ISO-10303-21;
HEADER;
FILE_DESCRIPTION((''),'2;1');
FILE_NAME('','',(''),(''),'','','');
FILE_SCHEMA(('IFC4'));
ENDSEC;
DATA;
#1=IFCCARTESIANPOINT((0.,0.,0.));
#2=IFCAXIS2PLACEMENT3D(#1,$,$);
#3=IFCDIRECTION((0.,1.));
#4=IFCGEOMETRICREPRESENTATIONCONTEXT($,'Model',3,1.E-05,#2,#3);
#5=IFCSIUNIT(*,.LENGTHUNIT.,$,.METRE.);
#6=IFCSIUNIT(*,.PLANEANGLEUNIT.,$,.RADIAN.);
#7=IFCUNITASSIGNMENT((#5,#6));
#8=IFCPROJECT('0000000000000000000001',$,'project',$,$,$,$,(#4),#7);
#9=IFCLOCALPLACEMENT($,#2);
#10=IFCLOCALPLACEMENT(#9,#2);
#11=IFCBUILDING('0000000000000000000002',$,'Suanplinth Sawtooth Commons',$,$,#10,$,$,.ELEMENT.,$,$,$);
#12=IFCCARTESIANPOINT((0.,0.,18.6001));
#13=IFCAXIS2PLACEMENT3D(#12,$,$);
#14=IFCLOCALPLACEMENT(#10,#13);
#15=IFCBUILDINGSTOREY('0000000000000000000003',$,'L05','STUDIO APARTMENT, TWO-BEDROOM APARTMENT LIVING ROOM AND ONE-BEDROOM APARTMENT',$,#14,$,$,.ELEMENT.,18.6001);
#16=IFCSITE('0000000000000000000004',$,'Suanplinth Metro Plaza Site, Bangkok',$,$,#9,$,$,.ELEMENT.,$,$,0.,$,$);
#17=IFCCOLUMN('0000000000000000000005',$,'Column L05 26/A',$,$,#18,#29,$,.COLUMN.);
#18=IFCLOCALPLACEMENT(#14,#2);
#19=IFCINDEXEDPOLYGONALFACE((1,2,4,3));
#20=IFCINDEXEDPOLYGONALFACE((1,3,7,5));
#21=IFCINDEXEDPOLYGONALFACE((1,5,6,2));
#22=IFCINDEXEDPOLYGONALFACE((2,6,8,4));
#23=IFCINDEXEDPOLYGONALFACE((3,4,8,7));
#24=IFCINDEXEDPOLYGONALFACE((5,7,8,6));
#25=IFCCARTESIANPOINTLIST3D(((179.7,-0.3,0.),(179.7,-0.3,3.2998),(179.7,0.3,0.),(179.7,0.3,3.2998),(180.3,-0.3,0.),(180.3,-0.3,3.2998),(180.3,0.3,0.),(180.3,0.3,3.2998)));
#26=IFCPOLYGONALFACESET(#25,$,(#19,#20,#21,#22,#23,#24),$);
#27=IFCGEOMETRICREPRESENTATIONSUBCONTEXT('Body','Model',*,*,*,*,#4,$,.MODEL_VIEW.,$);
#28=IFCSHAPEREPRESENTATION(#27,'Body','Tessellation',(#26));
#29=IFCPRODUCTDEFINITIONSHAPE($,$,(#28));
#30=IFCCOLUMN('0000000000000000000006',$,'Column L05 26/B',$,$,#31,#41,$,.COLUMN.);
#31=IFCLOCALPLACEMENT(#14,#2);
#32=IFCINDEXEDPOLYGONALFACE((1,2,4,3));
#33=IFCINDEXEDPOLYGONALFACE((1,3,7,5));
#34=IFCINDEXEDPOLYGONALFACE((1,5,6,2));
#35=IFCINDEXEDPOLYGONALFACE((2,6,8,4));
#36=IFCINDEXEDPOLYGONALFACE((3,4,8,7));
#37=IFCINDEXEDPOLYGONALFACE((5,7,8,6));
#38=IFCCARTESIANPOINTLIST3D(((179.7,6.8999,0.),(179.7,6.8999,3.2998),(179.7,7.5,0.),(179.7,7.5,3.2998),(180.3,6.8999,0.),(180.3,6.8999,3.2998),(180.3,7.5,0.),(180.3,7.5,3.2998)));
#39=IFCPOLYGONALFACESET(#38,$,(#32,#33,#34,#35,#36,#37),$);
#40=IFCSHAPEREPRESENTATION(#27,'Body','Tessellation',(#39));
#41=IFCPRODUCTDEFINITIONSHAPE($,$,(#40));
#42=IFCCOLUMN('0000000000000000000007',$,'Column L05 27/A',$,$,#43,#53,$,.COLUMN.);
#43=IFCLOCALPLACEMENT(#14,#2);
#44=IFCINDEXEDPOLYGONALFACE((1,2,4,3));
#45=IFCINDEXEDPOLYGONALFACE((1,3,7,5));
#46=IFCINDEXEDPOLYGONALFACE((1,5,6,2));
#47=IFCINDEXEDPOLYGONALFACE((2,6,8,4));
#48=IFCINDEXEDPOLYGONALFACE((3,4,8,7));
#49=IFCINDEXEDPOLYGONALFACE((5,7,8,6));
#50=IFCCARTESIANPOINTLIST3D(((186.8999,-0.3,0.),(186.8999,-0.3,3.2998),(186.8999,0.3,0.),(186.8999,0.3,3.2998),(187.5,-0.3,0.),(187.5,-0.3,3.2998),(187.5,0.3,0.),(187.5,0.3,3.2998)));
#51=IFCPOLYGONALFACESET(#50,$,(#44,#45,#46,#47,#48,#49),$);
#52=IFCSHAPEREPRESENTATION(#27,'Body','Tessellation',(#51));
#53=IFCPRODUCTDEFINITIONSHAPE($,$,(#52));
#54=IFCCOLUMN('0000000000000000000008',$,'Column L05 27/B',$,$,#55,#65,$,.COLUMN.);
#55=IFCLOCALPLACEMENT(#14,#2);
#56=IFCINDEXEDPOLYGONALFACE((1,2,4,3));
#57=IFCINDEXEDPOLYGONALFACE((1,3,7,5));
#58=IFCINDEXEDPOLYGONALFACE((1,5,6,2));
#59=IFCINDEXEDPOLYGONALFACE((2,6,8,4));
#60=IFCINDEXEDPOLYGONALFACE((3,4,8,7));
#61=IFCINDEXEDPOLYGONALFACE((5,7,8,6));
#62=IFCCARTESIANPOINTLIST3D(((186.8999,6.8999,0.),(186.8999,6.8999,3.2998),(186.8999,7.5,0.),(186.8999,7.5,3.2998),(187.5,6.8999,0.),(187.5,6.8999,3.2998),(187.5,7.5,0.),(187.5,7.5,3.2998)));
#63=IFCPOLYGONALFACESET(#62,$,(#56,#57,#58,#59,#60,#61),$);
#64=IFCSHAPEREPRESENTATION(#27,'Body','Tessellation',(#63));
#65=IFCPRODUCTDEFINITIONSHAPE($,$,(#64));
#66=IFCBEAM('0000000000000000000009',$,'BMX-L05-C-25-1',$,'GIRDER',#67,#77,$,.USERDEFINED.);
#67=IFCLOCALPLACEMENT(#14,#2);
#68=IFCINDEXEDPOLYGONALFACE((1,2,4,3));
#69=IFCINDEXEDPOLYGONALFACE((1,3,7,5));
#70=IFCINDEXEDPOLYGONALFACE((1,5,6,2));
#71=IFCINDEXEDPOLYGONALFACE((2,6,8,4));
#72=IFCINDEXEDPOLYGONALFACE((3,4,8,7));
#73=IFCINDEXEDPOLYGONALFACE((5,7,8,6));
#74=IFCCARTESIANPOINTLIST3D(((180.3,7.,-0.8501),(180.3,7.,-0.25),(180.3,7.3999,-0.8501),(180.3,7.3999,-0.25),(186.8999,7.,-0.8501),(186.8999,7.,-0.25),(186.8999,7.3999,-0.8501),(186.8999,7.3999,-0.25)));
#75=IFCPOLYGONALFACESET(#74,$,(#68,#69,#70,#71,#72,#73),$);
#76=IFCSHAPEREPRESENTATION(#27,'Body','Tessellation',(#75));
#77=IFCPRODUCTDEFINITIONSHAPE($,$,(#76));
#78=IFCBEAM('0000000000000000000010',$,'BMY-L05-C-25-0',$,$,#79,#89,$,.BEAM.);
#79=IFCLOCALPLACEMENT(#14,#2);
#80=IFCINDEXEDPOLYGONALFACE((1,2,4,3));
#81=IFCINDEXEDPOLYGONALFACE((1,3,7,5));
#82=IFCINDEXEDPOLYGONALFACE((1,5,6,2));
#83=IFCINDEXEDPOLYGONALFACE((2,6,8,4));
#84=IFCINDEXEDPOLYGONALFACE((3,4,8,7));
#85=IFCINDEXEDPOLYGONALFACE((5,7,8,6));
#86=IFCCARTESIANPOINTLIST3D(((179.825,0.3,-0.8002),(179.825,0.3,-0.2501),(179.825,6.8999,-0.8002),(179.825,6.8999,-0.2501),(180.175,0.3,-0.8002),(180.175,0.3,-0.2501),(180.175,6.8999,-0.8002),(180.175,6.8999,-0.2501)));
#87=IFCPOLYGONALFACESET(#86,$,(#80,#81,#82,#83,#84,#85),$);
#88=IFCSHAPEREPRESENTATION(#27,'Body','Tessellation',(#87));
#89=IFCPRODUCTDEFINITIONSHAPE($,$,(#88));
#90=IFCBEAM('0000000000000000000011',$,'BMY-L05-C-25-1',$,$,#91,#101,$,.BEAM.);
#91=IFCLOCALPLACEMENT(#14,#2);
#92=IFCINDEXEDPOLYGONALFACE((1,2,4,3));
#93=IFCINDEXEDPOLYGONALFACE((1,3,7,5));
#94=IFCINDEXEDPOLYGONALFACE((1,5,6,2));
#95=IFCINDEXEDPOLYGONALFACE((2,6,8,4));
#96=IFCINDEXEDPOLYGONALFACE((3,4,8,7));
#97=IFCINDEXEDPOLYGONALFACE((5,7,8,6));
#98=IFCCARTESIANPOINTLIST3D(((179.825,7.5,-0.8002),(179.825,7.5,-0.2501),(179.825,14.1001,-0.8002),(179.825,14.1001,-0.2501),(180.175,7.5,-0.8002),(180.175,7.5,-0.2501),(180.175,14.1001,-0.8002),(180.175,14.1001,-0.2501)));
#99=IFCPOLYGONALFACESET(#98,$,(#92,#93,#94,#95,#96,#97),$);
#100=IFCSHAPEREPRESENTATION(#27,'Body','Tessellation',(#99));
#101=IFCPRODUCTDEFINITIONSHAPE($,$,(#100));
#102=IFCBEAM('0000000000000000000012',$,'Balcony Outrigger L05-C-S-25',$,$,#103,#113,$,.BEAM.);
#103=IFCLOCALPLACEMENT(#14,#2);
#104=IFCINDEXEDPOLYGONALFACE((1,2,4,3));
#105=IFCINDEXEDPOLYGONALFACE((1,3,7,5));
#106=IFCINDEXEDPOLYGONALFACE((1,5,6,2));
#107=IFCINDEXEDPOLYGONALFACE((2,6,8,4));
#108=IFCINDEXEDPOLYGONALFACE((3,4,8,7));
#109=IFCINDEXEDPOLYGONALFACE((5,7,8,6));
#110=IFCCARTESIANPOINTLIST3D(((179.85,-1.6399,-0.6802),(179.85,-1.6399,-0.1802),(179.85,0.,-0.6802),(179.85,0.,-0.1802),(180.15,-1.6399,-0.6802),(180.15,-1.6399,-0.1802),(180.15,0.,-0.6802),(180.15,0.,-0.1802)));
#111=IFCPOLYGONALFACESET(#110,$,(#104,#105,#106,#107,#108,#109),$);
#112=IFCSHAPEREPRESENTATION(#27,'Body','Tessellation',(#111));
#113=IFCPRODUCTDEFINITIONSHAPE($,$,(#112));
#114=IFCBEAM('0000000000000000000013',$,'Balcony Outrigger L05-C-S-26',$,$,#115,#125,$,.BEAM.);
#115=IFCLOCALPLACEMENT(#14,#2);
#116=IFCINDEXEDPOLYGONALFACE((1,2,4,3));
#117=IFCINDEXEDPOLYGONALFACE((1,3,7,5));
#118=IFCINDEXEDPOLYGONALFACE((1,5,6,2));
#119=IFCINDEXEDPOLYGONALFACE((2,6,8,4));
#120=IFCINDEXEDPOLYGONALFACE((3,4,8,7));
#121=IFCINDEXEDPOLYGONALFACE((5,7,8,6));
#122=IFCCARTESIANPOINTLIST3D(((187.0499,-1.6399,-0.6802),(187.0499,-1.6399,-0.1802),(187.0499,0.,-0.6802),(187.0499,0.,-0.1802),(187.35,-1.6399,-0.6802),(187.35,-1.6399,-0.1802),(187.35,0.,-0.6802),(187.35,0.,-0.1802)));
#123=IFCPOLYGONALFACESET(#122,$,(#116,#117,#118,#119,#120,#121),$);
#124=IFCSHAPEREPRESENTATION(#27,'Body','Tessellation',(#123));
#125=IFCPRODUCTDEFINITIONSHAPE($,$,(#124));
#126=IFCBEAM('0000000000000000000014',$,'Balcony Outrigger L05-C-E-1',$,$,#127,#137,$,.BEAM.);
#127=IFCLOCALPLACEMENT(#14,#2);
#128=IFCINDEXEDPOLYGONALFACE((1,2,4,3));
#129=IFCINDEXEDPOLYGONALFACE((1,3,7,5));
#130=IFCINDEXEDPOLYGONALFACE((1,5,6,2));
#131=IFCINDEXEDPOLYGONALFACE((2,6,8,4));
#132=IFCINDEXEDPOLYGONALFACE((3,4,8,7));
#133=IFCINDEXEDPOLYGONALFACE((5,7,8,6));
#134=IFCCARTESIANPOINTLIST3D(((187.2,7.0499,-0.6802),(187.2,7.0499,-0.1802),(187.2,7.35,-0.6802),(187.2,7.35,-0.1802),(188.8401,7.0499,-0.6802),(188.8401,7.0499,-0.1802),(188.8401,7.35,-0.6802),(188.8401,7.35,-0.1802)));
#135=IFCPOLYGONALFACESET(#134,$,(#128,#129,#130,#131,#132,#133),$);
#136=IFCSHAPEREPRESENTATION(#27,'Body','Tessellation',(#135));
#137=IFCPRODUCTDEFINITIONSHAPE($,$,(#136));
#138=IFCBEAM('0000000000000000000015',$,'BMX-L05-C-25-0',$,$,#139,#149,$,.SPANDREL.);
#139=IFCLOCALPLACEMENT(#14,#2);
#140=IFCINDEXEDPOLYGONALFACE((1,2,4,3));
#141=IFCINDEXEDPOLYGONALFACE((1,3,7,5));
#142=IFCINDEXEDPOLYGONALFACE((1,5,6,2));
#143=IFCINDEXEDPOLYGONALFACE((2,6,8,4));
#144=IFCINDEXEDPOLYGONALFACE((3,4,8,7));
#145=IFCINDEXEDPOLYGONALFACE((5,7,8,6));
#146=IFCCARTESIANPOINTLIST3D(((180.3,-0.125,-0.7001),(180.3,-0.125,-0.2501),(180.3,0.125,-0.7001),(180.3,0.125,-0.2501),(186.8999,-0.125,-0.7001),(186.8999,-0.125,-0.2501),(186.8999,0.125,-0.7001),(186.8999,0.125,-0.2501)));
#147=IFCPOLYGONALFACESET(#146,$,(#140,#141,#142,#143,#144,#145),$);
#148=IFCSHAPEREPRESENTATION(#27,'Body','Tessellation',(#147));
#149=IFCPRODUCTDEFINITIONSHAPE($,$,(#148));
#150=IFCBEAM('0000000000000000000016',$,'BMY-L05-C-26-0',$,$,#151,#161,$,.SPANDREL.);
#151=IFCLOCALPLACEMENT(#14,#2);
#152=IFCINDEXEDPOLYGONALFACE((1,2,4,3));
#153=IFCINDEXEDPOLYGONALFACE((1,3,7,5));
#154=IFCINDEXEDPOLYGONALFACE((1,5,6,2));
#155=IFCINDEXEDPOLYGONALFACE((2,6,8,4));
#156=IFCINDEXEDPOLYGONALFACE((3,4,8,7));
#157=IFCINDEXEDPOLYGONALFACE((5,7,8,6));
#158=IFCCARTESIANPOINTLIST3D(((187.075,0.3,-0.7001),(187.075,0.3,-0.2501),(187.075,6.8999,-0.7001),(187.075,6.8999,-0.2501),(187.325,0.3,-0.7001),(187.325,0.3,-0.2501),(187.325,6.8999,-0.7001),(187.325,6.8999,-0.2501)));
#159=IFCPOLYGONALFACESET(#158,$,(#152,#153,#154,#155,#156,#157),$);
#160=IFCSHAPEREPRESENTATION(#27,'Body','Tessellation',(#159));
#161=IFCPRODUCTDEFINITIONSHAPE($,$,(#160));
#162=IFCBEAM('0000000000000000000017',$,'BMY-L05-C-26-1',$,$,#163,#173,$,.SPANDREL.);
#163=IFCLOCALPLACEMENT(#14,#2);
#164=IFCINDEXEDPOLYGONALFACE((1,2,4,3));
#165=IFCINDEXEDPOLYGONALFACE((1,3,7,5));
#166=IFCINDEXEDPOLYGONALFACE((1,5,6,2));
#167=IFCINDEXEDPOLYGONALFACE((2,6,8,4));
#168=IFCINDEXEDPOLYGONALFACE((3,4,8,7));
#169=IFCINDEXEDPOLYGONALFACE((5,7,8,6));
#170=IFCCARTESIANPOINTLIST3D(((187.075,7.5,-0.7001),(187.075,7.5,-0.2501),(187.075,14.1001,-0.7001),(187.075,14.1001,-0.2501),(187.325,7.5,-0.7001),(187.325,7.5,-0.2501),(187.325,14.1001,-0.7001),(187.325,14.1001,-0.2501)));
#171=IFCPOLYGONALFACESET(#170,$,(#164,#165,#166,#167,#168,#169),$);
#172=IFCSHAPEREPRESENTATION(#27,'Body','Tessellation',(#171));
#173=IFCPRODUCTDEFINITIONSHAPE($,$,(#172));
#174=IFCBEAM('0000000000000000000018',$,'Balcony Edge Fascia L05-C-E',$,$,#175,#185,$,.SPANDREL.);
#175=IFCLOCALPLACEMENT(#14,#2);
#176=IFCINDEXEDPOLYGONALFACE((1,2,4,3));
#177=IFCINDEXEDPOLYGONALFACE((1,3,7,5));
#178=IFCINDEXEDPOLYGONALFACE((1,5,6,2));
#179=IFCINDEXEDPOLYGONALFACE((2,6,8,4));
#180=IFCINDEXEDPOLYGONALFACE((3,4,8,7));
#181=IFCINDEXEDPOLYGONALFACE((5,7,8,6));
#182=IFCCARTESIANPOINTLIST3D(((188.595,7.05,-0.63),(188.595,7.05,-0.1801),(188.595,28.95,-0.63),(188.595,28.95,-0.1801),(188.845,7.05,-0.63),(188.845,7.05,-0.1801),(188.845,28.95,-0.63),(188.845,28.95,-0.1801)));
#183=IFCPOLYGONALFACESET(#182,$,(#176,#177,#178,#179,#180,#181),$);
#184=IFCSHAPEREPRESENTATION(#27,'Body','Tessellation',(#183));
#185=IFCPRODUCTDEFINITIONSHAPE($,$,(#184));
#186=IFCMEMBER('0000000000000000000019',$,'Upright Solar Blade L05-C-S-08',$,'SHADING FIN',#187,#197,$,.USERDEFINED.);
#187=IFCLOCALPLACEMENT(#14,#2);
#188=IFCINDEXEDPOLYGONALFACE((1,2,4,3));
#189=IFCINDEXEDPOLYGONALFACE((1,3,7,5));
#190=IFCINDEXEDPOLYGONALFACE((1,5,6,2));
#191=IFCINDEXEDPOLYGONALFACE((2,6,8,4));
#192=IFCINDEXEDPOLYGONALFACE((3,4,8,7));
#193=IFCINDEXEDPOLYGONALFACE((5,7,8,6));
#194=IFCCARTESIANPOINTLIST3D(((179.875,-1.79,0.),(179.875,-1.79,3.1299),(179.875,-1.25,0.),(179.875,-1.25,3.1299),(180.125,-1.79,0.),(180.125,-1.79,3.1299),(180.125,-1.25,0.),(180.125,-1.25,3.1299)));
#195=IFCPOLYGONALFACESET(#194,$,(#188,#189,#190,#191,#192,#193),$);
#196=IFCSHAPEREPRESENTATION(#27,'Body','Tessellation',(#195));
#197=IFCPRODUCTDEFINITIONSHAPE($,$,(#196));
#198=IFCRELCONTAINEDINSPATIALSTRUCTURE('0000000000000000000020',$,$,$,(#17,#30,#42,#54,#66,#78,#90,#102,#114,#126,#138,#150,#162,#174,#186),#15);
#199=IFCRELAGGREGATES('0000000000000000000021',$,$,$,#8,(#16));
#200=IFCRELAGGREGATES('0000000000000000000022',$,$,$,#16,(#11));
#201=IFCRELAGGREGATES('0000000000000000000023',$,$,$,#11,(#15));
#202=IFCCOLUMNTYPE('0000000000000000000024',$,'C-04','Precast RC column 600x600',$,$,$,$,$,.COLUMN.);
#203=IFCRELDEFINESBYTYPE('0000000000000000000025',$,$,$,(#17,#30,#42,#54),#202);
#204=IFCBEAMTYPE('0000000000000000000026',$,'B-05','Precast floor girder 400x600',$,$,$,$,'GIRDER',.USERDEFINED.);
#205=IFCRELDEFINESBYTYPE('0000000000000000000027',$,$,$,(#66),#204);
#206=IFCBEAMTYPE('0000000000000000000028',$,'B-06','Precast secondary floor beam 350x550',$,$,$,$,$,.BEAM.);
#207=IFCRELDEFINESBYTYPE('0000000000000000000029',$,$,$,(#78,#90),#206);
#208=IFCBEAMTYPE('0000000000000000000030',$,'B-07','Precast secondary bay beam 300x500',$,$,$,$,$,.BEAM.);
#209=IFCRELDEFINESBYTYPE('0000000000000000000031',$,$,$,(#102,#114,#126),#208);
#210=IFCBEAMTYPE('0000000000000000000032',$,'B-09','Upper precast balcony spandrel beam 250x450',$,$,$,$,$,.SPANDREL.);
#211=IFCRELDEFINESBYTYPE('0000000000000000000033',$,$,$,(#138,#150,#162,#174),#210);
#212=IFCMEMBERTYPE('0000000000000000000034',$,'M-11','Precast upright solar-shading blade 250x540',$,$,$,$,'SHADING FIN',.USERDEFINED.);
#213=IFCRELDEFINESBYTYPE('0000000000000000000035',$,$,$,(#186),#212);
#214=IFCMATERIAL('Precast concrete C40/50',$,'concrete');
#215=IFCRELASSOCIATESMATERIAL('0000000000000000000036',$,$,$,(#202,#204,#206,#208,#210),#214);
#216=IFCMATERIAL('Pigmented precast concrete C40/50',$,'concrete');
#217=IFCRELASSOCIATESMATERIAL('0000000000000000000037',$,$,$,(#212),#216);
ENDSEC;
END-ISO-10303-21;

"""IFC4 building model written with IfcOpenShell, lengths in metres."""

from ifc_helpers import new_model, si_unit, direction, frame, origin, origin_2d, place, context, subcontext, project, spatial, rectangle, extrude, material, material_profile, profile_set, type_object, element, save


model = new_model("IFC4")

# Units and contexts
model_context = context("Model", 3, precision=1e-05, world=origin(), true_north=direction((0.0, 1.0)))
body_context = subcontext(model_context, "Body", "Model", "MODEL_VIEW")
ifc_project = project(units=[si_unit("LENGTHUNIT", "METRE"), si_unit("PLANEANGLEUNIT", "RADIAN")], contexts=[model_context])

# Site, building, storey
site_placement = place(None, origin())
site = spatial("IfcSite", under=ifc_project, at=site_placement, Name="Suanplinth Metro Plaza Site, Bangkok", CompositionType="ELEMENT", RefElevation=0.0)
building_placement = place(site_placement, origin())
building = spatial("IfcBuilding", under=site, at=building_placement, Name="Suanplinth Sawtooth Commons", CompositionType="ELEMENT")
storey_placement = place(building_placement, frame((0.0, 0.0, 18.6001)))
storey = spatial("IfcBuildingStorey", under=building, at=storey_placement, Name="L05", Description="STUDIO APARTMENT, TWO-BEDROOM APARTMENT LIVING ROOM AND ONE-BEDROOM APARTMENT", CompositionType="ELEMENT", Elevation=18.6001)

# Columns
ifc_material_1 = material(Name="Precast concrete C40/50", Category="concrete")
ifc_material_profile_1 = material_profile(ifc_material_1, rectangle(XDim=0.6001, YDim=0.6001, at=origin_2d()), Name="PC-COL 600x600")
ifc_profile_set_1 = profile_set([ifc_material_profile_1], Name="Precast concrete C40/50")
column_type = type_object("IfcColumnType", Name="C-04", Description="Precast RC column 600x600", PredefinedType="COLUMN", material=ifc_profile_set_1)
for number, where, z_axis, x_axis, name in (
    (1, (180.0, 0.0, 0.0), (0.0, 0.0, 1.0), (1.0, 0.0, 0.0), "Column L05 26/A"),
    (2, (180.0, 7.2, 0.0), (0.0, 0.0, 1.0), (1.0, 0.0, 0.0), "Column L05 26/B"),
    (3, (187.2, 0.0, 0.0), (0.0, 0.0, 1.0), (1.0, 0.0, 0.0), "Column L05 27/A"),
    (4, (187.2, 7.2, 0.0), (0.0, 0.0, 1.0), (1.0, 0.0, 0.0), "Column L05 27/B"),
):
    element("IfcColumn", number, at=place(storey_placement, frame(where, z_axis=z_axis, x_axis=x_axis)), inside=storey, type_object=column_type, Name=name, PredefinedType="COLUMN", context=body_context, shape_type="SweptSolid", body=[
        extrude(rectangle(XDim=0.6001, YDim=0.6001, at=origin_2d()), origin(), (0.0, 0.0, 1.0), 3.2998),
    ])

# Beams
ifc_material_profile_2 = material_profile(ifc_material_1, rectangle(XDim=0.3999, YDim=0.6001, at=origin_2d()), Name="PC-GDR 400x600")
ifc_profile_set_2 = profile_set([ifc_material_profile_2], Name="Precast concrete C40/50")
beam_type_1 = type_object("IfcBeamType", Name="B-05", Description="Precast floor girder 400x600", ElementType="GIRDER", PredefinedType="USERDEFINED", material=ifc_profile_set_2)
beam_1_placement = place(storey_placement, frame((180.3, 7.2, -0.55), z_axis=(1.0, 0.0, 0.0), x_axis=(0.0, 1.0, 0.0)))
element("IfcBeam", 5, at=beam_1_placement, inside=storey, type_object=beam_type_1, Name="BMX-L05-C-25-1", ObjectType="GIRDER", PredefinedType="USERDEFINED", context=body_context, shape_type="SweptSolid", body=[
    extrude(rectangle(XDim=0.3999, YDim=0.6001, at=origin_2d()), origin(), (0.0, 0.0, 1.0), 6.5999),
])
ifc_material_profile_3 = material_profile(ifc_material_1, rectangle(XDim=0.3501, YDim=0.55, at=origin_2d()), Name="PC-BM 350x550")
ifc_profile_set_3 = profile_set([ifc_material_profile_3], Name="Precast concrete C40/50")
beam_type_2 = type_object("IfcBeamType", Name="B-06", Description="Precast secondary floor beam 350x550", PredefinedType="BEAM", material=ifc_profile_set_3)
beam_2_placement = place(storey_placement, frame((180.0, 0.3, -0.5251), z_axis=(0.0, 1.0, 0.0), x_axis=(-1.0, 0.0, 0.0)))
element("IfcBeam", 6, at=beam_2_placement, inside=storey, type_object=beam_type_2, Name="BMY-L05-C-25-0", PredefinedType="BEAM", context=body_context, shape_type="SweptSolid", body=[
    extrude(rectangle(XDim=0.3501, YDim=0.55, at=origin_2d()), origin(), (0.0, 0.0, 1.0), 6.5999),
])
beam_3_placement = place(storey_placement, frame((180.0, 7.5, -0.5251), z_axis=(0.0, 1.0, 0.0), x_axis=(-1.0, 0.0, 0.0)))
element("IfcBeam", 7, at=beam_3_placement, inside=storey, type_object=beam_type_2, Name="BMY-L05-C-25-1", PredefinedType="BEAM", context=body_context, shape_type="SweptSolid", body=[
    extrude(rectangle(XDim=0.3501, YDim=0.55, at=origin_2d()), origin(), (0.0, 0.0, 1.0), 6.6001),
])
ifc_material_profile_4 = material_profile(ifc_material_1, rectangle(XDim=0.3, YDim=0.5, at=origin_2d()), Name="PC-BM 300x500")
ifc_profile_set_4 = profile_set([ifc_material_profile_4], Name="Precast concrete C40/50")
beam_type_3 = type_object("IfcBeamType", Name="B-07", Description="Precast secondary bay beam 300x500", PredefinedType="BEAM", material=ifc_profile_set_4)
for number, where, z_axis, x_axis, name in (
    (8, (180.0, 0.0, -0.4302), (0.0, -1.0, 0.0), (1.0, 0.0, 0.0), "Balcony Outrigger L05-C-S-25"),
    (9, (187.2, 0.0, -0.4302), (0.0, -1.0, 0.0), (1.0, 0.0, 0.0), "Balcony Outrigger L05-C-S-26"),
):
    element("IfcBeam", number, at=place(storey_placement, frame(where, z_axis=z_axis, x_axis=x_axis)), inside=storey, type_object=beam_type_3, Name=name, PredefinedType="BEAM", context=body_context, shape_type="SweptSolid", body=[
        extrude(rectangle(XDim=0.3, YDim=0.5, at=origin_2d()), origin(), (0.0, 0.0, 1.0), 1.6399),
    ])
beam_4_placement = place(storey_placement, frame((187.2, 7.2, -0.4302), z_axis=(1.0, 0.0, 0.0), x_axis=(0.0, 1.0, 0.0)))
element("IfcBeam", 10, at=beam_4_placement, inside=storey, type_object=beam_type_3, Name="Balcony Outrigger L05-C-E-1", PredefinedType="BEAM", context=body_context, shape_type="SweptSolid", body=[
    extrude(rectangle(XDim=0.3, YDim=0.5, at=origin_2d()), origin(), (0.0, 0.0, 1.0), 1.6401),
])
ifc_material_profile_5 = material_profile(ifc_material_1, rectangle(XDim=0.25, YDim=0.45, at=origin_2d()), Name="PC-SP 250x450")
ifc_profile_set_5 = profile_set([ifc_material_profile_5], Name="Precast concrete C40/50")
beam_type_4 = type_object("IfcBeamType", Name="B-09", Description="Upper precast balcony spandrel beam 250x450", PredefinedType="SPANDREL", material=ifc_profile_set_5)
for number, where, z_axis, x_axis, name in (
    (11, (180.3, 0.0, -0.4751), (1.0, 0.0, 0.0), (0.0, 1.0, 0.0), "BMX-L05-C-25-0"),
    (12, (187.2, 0.3, -0.4751), (0.0, 1.0, 0.0), (-1.0, 0.0, 0.0), "BMY-L05-C-26-0"),
):
    element("IfcBeam", number, at=place(storey_placement, frame(where, z_axis=z_axis, x_axis=x_axis)), inside=storey, type_object=beam_type_4, Name=name, PredefinedType="SPANDREL", context=body_context, shape_type="SweptSolid", body=[
        extrude(rectangle(XDim=0.25, YDim=0.45, at=origin_2d()), origin(), (0.0, 0.0, 1.0), 6.5999),
    ])
beam_5_placement = place(storey_placement, frame((187.2, 7.5, -0.4751), z_axis=(0.0, 1.0, 0.0), x_axis=(-1.0, 0.0, 0.0)))
element("IfcBeam", 13, at=beam_5_placement, inside=storey, type_object=beam_type_4, Name="BMY-L05-C-26-1", PredefinedType="SPANDREL", context=body_context, shape_type="SweptSolid", body=[
    extrude(rectangle(XDim=0.25, YDim=0.45, at=origin_2d()), origin(), (0.0, 0.0, 1.0), 6.6001),
])
beam_6_placement = place(storey_placement, frame((188.72, 7.05, -0.405), z_axis=(0.0, 1.0, 0.0), x_axis=(-1.0, 0.0, 0.0)))
element("IfcBeam", 14, at=beam_6_placement, inside=storey, type_object=beam_type_4, Name="Balcony Edge Fascia L05-C-E", PredefinedType="SPANDREL", context=body_context, shape_type="SweptSolid", body=[
    extrude(rectangle(XDim=0.25, YDim=0.45, at=origin_2d()), origin(), (0.0, 0.0, 1.0), 21.8999),
])

# Member
ifc_material_2 = material(Name="Pigmented precast concrete C40/50", Category="concrete")
ifc_material_profile_6 = material_profile(ifc_material_2, rectangle(XDim=0.25, YDim=0.54, at=origin_2d()), Name="PC-FIN 250x540")
ifc_profile_set_6 = profile_set([ifc_material_profile_6], Name="Pigmented precast concrete C40/50")
member_type = type_object("IfcMemberType", Name="M-11", Description="Precast upright solar-shading blade 250x540", ElementType="SHADING FIN", PredefinedType="USERDEFINED", material=ifc_profile_set_6)
for number, where, z_axis, x_axis, name in (
    (15, (180.0, -1.52, 0.0), (0.0, 0.0, 1.0), (1.0, 0.0, 0.0), "Upright Solar Blade L05-C-S-08"),
):
    element("IfcMember", number, at=place(storey_placement, frame(where, z_axis=z_axis, x_axis=x_axis)), inside=storey, type_object=member_type, Name=name, ObjectType="SHADING FIN", PredefinedType="USERDEFINED", context=body_context, shape_type="SweptSolid", body=[
        extrude(rectangle(XDim=0.25, YDim=0.54, at=origin_2d()), origin(), (0.0, 0.0, 1.0), 3.1299),
    ])

save(model, "model.ifc")
